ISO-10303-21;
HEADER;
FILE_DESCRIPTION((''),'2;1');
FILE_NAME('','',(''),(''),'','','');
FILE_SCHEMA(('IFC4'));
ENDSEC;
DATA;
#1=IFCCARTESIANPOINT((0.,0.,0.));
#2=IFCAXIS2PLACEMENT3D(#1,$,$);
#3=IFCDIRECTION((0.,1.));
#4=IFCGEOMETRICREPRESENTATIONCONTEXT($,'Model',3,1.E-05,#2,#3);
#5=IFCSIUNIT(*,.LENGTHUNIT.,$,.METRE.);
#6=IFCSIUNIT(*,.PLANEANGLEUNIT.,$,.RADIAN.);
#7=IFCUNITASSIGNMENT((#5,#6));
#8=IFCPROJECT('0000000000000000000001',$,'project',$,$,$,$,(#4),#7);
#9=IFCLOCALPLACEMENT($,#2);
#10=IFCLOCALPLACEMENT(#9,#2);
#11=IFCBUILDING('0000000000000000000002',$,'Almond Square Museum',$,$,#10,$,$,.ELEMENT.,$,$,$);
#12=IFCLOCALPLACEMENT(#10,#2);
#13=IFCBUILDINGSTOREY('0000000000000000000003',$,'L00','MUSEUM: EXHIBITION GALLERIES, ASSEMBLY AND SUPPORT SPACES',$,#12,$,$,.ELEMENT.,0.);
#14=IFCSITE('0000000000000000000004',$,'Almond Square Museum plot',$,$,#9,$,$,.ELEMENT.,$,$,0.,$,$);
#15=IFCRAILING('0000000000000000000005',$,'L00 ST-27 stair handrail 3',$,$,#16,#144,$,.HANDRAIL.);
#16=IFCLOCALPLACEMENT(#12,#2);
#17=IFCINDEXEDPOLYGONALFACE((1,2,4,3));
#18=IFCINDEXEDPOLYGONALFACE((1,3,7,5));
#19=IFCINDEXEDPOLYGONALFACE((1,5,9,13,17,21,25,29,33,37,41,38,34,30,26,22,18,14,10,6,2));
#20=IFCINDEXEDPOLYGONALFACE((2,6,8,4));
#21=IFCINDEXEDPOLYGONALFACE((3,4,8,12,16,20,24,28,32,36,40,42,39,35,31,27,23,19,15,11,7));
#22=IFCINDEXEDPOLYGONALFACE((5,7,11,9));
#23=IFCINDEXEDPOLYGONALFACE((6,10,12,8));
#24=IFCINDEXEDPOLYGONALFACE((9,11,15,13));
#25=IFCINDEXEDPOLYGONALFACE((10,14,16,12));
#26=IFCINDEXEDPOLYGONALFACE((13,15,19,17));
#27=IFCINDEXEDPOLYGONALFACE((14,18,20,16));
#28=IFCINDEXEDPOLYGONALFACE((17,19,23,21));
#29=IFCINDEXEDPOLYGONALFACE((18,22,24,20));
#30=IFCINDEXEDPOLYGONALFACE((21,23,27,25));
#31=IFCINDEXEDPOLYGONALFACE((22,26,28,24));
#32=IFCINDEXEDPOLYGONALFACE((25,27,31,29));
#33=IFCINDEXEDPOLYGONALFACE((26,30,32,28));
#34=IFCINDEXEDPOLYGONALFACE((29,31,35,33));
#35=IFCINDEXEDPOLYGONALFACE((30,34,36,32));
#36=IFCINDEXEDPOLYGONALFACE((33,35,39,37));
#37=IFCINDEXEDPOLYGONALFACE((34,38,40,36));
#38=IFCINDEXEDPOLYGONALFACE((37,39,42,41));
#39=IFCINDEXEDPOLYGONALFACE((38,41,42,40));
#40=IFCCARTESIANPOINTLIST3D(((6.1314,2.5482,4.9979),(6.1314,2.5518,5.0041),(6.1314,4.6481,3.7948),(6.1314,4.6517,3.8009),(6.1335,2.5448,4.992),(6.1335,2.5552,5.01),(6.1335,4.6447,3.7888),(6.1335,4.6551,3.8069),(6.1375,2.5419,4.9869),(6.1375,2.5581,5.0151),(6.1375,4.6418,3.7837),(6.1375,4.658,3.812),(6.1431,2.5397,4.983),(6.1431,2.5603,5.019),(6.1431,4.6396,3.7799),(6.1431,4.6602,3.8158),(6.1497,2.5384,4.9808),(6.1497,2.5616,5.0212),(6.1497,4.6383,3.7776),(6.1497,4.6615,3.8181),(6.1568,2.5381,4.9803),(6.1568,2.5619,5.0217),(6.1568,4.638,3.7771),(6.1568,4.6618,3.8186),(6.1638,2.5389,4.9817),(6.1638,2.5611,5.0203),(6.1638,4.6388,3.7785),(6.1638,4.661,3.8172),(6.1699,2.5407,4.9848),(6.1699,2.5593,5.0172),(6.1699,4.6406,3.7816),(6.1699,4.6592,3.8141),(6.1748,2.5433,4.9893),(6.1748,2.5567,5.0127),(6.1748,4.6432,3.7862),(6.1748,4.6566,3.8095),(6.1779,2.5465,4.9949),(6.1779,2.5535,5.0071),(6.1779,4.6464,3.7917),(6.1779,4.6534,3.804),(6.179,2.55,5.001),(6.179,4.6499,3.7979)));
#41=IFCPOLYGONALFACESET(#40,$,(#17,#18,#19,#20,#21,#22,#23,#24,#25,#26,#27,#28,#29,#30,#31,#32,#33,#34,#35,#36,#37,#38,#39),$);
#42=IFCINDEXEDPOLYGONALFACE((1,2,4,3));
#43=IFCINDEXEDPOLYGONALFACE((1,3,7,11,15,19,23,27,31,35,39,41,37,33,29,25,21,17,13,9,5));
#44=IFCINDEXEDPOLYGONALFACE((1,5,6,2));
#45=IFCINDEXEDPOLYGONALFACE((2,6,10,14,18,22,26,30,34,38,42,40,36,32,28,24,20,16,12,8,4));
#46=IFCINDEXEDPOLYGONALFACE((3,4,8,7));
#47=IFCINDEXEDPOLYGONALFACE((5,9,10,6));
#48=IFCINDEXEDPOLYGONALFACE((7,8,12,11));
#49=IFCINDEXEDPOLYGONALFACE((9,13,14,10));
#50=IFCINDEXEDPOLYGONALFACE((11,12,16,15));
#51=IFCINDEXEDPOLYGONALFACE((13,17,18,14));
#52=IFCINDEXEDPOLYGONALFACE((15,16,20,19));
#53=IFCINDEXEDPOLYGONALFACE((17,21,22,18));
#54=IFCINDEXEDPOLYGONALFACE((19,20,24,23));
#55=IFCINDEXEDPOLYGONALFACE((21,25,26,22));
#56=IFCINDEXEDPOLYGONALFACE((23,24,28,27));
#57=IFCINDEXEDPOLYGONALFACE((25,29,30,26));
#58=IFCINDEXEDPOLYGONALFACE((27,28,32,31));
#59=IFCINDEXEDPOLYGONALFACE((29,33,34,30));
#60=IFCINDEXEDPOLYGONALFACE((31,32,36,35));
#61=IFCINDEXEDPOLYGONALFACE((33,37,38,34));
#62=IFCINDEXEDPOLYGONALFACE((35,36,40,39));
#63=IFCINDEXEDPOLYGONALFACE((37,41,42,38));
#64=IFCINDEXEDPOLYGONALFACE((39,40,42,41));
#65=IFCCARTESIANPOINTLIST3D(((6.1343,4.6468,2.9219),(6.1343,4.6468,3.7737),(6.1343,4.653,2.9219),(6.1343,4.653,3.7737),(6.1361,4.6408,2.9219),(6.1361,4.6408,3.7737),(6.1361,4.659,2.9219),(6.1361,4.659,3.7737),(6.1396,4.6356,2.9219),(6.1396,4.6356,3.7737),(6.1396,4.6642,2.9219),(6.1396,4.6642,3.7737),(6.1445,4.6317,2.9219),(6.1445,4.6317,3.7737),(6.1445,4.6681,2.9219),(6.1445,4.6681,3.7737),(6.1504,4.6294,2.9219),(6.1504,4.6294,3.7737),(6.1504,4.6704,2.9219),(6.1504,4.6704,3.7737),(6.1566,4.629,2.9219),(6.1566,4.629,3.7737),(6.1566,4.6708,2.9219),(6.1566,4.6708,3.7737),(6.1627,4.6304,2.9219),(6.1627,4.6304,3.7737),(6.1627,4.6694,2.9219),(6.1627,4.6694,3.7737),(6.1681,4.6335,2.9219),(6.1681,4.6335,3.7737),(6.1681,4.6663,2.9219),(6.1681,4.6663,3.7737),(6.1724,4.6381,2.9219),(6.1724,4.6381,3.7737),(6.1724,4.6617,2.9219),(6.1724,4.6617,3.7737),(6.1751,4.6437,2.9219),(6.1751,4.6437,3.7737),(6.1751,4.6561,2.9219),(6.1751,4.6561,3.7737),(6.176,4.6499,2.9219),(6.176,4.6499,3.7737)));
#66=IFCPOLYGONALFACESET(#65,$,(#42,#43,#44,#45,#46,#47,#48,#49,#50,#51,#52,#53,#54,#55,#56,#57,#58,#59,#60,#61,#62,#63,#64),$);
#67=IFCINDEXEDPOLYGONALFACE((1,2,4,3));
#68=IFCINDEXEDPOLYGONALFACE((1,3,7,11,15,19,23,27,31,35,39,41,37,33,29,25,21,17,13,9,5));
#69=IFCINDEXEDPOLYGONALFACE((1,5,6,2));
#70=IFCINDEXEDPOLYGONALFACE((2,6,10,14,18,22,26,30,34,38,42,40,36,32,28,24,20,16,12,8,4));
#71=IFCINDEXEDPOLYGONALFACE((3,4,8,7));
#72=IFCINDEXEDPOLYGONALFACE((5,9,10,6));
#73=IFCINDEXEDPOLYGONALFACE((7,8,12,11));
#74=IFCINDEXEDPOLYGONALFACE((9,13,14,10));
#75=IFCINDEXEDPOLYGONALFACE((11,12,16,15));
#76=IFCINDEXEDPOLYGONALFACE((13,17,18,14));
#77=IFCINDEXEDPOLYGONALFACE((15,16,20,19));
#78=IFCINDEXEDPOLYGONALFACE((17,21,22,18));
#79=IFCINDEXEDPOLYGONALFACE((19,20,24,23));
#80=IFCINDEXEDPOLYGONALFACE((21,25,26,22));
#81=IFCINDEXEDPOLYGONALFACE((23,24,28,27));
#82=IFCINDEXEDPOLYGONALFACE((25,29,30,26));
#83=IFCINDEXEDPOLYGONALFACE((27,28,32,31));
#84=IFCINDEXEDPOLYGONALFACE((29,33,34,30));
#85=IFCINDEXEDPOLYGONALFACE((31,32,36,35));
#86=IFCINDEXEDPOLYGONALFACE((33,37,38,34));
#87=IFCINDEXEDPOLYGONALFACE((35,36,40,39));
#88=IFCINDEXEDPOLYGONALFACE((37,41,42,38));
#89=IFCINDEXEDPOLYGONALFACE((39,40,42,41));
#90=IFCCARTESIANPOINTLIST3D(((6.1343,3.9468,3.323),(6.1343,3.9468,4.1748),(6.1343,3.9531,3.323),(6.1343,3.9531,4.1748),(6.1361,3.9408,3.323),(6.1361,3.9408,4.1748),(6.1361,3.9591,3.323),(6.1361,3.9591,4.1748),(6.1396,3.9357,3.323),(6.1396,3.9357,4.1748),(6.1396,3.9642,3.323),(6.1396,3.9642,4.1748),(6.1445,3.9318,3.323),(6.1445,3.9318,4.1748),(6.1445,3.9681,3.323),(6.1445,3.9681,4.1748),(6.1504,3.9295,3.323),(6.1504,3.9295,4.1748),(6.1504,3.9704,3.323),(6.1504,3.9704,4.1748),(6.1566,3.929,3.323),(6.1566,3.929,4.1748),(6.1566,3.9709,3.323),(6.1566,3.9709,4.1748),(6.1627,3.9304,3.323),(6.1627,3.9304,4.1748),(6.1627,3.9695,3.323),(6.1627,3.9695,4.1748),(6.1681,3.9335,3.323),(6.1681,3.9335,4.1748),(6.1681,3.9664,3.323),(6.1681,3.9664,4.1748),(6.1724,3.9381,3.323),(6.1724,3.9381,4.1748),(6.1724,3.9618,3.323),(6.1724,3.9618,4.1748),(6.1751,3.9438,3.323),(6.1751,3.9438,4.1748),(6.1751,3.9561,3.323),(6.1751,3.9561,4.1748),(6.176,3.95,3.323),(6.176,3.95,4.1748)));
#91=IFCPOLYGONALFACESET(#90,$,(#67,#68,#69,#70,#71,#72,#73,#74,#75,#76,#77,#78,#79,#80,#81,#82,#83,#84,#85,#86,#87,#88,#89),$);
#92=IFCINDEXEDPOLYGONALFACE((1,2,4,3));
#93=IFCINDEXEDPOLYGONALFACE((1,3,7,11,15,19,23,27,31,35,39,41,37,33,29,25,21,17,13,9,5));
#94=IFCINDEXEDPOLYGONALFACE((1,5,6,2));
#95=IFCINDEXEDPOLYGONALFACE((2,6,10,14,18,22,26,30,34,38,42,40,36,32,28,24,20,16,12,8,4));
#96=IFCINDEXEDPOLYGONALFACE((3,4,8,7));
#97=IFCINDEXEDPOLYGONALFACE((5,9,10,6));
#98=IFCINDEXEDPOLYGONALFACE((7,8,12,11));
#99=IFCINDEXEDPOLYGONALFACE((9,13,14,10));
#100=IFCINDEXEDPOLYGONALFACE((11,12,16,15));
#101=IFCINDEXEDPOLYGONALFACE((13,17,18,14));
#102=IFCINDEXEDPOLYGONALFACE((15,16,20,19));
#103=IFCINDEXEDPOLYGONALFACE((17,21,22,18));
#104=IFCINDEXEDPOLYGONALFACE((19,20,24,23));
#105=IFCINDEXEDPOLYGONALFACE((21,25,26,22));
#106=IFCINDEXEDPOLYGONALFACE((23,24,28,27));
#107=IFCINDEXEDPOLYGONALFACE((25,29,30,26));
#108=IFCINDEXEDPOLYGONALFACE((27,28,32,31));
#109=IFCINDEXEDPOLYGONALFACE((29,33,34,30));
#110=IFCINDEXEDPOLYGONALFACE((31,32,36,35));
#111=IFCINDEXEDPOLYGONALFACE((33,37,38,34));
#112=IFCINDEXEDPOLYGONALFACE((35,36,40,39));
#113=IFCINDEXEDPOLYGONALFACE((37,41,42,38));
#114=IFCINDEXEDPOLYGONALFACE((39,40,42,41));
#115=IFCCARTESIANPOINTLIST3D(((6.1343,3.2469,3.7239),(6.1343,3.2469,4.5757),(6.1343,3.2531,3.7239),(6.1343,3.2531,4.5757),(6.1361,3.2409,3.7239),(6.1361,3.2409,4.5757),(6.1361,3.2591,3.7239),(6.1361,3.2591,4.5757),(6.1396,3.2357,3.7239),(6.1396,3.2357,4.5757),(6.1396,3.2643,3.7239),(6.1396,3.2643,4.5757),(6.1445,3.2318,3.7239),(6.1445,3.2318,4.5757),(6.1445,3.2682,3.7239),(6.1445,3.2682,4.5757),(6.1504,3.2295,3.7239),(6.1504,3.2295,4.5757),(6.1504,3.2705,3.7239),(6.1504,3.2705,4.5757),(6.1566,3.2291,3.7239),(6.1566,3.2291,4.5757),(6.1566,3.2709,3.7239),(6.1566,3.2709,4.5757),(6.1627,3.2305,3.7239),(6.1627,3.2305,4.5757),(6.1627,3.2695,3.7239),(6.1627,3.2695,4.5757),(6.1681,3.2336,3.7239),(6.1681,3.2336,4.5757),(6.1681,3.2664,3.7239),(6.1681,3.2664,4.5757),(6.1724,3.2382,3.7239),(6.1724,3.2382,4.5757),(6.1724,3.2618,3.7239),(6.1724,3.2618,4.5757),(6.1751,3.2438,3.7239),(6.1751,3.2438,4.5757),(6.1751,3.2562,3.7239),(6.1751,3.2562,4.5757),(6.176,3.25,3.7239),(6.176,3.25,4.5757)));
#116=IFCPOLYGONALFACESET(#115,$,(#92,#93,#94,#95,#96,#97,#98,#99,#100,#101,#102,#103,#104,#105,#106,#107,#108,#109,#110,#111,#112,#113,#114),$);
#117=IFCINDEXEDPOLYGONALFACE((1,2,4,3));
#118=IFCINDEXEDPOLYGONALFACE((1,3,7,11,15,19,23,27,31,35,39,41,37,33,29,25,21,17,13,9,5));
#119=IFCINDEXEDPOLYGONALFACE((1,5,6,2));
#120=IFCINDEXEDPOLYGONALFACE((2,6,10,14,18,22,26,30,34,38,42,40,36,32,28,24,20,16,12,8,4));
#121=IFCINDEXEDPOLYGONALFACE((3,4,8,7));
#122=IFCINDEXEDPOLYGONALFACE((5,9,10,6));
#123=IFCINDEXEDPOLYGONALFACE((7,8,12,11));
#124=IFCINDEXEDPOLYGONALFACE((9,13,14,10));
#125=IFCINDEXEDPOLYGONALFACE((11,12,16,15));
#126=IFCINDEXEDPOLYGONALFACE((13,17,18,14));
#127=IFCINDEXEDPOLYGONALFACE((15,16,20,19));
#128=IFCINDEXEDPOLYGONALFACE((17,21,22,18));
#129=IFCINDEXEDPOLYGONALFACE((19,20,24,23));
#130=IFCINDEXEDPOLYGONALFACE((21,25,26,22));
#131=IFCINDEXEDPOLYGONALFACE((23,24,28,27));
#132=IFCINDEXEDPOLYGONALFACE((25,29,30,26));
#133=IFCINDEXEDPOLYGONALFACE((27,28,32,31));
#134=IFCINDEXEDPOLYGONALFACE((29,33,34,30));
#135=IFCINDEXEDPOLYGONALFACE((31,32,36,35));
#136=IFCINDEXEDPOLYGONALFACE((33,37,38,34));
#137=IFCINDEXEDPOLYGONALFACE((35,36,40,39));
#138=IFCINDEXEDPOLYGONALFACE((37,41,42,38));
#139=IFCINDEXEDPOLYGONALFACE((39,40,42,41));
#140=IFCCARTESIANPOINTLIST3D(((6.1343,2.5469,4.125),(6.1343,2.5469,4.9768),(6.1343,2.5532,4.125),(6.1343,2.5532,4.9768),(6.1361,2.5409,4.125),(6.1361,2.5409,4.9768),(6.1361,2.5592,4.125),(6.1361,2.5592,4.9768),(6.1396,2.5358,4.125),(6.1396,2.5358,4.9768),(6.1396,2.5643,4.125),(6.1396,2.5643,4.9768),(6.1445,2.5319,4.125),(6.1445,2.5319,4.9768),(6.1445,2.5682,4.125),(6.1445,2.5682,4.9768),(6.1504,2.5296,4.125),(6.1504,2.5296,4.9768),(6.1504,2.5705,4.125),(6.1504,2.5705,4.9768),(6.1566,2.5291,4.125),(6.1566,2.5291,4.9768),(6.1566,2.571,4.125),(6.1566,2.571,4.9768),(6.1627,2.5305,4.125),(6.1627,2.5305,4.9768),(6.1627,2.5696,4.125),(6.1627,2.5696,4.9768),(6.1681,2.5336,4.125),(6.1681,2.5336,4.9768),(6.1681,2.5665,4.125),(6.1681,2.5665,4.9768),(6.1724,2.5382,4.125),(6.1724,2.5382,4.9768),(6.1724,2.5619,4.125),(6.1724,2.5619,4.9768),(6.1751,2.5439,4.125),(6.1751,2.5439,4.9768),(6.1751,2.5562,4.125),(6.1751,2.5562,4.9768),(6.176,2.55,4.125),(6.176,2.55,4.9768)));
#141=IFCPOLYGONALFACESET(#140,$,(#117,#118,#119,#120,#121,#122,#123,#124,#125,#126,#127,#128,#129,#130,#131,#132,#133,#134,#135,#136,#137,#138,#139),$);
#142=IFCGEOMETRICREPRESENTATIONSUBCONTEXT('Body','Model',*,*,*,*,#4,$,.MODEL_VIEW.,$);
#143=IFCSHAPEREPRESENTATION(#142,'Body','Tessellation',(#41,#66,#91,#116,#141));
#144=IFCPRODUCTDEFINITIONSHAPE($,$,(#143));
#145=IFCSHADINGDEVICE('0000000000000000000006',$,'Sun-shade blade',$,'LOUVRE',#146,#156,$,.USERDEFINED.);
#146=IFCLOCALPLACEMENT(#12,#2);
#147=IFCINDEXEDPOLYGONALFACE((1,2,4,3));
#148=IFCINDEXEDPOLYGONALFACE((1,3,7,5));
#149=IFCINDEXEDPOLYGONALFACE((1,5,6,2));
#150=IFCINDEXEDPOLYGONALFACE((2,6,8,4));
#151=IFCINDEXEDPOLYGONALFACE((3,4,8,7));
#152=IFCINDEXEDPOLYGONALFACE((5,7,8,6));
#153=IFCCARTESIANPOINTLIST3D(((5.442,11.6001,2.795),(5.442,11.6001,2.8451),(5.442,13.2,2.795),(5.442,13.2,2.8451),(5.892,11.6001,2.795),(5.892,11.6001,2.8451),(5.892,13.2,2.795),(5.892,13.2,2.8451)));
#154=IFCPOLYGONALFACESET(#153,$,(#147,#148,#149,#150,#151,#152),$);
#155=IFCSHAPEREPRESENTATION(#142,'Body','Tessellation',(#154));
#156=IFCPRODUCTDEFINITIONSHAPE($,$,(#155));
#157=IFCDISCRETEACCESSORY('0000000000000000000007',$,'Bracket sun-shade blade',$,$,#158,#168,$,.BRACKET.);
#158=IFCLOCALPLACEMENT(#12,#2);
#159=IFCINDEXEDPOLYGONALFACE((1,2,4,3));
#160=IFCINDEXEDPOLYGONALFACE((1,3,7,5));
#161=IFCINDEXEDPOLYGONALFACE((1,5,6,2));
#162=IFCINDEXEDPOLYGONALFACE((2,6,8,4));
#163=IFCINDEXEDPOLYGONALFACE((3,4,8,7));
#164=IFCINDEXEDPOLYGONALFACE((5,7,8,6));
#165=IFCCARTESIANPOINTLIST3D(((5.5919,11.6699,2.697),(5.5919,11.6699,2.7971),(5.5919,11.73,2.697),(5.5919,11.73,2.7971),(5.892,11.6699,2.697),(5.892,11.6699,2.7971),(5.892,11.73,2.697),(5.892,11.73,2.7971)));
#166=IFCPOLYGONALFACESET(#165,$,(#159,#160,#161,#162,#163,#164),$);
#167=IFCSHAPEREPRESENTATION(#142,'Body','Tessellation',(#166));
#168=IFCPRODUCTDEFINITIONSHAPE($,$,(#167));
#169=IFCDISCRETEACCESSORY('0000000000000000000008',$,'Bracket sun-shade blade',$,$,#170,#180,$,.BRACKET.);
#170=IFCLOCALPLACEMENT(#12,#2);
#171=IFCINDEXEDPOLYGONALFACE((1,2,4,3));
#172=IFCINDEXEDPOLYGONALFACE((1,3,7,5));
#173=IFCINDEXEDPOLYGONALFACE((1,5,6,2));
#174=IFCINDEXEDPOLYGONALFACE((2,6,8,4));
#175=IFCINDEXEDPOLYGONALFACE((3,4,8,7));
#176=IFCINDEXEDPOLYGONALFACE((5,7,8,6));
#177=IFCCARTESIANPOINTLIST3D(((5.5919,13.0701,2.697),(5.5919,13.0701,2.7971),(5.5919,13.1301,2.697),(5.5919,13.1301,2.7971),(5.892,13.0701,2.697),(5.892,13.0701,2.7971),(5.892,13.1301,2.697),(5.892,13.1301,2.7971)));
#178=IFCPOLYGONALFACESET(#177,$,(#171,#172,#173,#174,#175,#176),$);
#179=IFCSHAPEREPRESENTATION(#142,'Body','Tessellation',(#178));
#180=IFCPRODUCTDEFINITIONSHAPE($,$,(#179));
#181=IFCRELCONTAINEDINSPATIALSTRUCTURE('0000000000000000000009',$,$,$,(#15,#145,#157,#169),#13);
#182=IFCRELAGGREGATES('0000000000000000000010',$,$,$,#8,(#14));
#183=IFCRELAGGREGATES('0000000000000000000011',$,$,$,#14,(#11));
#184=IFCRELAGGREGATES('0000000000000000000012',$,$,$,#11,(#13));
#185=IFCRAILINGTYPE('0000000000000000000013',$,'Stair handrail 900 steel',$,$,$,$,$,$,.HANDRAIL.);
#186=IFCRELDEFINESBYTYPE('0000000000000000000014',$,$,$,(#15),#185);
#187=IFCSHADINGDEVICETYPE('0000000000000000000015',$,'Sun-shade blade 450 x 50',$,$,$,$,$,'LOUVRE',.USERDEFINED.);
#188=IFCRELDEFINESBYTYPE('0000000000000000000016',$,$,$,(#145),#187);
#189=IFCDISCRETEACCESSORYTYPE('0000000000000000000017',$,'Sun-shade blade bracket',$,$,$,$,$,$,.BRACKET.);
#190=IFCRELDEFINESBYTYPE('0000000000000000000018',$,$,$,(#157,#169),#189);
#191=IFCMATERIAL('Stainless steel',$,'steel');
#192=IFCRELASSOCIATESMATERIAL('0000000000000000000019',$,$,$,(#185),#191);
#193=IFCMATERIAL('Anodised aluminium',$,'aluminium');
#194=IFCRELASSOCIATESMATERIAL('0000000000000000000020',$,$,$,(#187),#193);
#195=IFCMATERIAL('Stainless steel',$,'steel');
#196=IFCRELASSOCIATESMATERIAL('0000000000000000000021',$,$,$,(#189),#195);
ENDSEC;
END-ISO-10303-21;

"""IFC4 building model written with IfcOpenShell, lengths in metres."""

from ifc_helpers import new_model, si_unit, direction, frame, origin, origin_2d, place, context, subcontext, project, spatial, rectangle, circle, extrude, material, material_profile, profile_set, type_object, element, save


model = new_model("IFC4")

# Units and contexts
model_context = context("Model", 3, precision=1e-05, world=origin(), true_north=direction((0.0, 1.0)))
body_context = subcontext(model_context, "Body", "Model", "MODEL_VIEW")
ifc_project = project(units=[si_unit("LENGTHUNIT", "METRE"), si_unit("PLANEANGLEUNIT", "RADIAN")], contexts=[model_context])

# Site, building, storey
site_placement = place(None, origin())
site = spatial("IfcSite", under=ifc_project, at=site_placement, Name="Almond Square Museum plot", CompositionType="ELEMENT", RefElevation=0.0)
building_placement = place(site_placement, origin())
building = spatial("IfcBuilding", under=site, at=building_placement, Name="Almond Square Museum", CompositionType="ELEMENT")
storey_placement = place(building_placement, origin())
storey = spatial("IfcBuildingStorey", under=building, at=storey_placement, Name="L00", Description="MUSEUM: EXHIBITION GALLERIES, ASSEMBLY AND SUPPORT SPACES", CompositionType="ELEMENT", Elevation=0.0)

# Railing
ifc_material_1 = material(Name="Stainless steel", Category="steel")
railing_type = type_object("IfcRailingType", Name="Stair handrail 900 steel", PredefinedType="HANDRAIL", material=ifc_material_1)
for number, where, name in (
    (1, (6.155, 4.6499, 2.9219), "L00 ST-27 stair handrail 3"),
):
    element("IfcRailing", number, at=place(storey_placement, frame(where)), inside=storey, type_object=railing_type, Name=name, PredefinedType="HANDRAIL", context=body_context, shape_type="SweptSolid", body=[
        extrude(circle(Radius=0.0239, at=origin_2d()), frame((0.0, 0.0, 0.876), z_axis=(0.0, -0.867671, 0.497138), x_axis=(1.0, 0.0, 0.0)), (0.0, 0.0, 1.0), 2.4202),
        extrude(circle(Radius=0.021, at=origin_2d()), origin(), (0.0, 0.0, 1.0), 0.8518),
        extrude(circle(Radius=0.021, at=origin_2d()), frame((0.0, -0.7, 0.4011)), (0.0, 0.0, 1.0), 0.8518),
        extrude(circle(Radius=0.021, at=origin_2d()), frame((0.0, -1.3999, 0.802)), (0.0, 0.0, 1.0), 0.8518),
        extrude(circle(Radius=0.021, at=origin_2d()), frame((0.0, -2.0999, 1.2031)), (0.0, 0.0, 1.0), 0.8518),
    ])

# Shading device
ifc_material_2 = material(Name="Anodised aluminium", Category="aluminium")
ifc_material_profile_1 = material_profile(ifc_material_2, rectangle(XDim=0.45, YDim=0.05, at=origin_2d()))
ifc_profile_set_1 = profile_set([ifc_material_profile_1], Name="Anodised aluminium")
shading_device_type = type_object("IfcShadingDeviceType", Name="Sun-shade blade 450 x 50", ElementType="LOUVRE", PredefinedType="USERDEFINED", material=ifc_profile_set_1)
shading_device_placement = place(storey_placement, frame((5.667, 11.6001, 2.8201), z_axis=(0.0, 1.0, 0.0), x_axis=(-1.0, 0.0, 0.0)))
element("IfcShadingDevice", 2, at=shading_device_placement, inside=storey, type_object=shading_device_type, Name="Sun-shade blade", ObjectType="LOUVRE", PredefinedType="USERDEFINED", context=body_context, shape_type="SweptSolid", body=[
    extrude(rectangle(XDim=0.45, YDim=0.05, at=origin_2d()), origin(), (0.0, 0.0, 1.0), 1.5999),
])

# Discrete accessories
ifc_material_3 = material(Name="Stainless steel", Category="steel")
discrete_accessory_type = type_object("IfcDiscreteAccessoryType", Name="Sun-shade blade bracket", PredefinedType="BRACKET", material=ifc_material_3)
for number, where, z_axis, x_axis, name in (
    (3, (5.7419, 11.7, 2.697), (0.0, 0.0, 1.0), (1.0, 0.0, 0.0), "Bracket sun-shade blade"),
    (4, (5.7419, 13.1001, 2.697), (0.0, 0.0, 1.0), (1.0, 0.0, 0.0), "Bracket sun-shade blade"),
):
    element("IfcDiscreteAccessory", number, at=place(storey_placement, frame(where, z_axis=z_axis, x_axis=x_axis)), inside=storey, type_object=discrete_accessory_type, Name=name, PredefinedType="BRACKET", context=body_context, shape_type="SweptSolid", body=[
        extrude(rectangle(XDim=0.3, YDim=0.0601, at=origin_2d()), origin(), (0.0, 0.0, 1.0), 0.1001),
    ])

save(model, "model.ifc")
